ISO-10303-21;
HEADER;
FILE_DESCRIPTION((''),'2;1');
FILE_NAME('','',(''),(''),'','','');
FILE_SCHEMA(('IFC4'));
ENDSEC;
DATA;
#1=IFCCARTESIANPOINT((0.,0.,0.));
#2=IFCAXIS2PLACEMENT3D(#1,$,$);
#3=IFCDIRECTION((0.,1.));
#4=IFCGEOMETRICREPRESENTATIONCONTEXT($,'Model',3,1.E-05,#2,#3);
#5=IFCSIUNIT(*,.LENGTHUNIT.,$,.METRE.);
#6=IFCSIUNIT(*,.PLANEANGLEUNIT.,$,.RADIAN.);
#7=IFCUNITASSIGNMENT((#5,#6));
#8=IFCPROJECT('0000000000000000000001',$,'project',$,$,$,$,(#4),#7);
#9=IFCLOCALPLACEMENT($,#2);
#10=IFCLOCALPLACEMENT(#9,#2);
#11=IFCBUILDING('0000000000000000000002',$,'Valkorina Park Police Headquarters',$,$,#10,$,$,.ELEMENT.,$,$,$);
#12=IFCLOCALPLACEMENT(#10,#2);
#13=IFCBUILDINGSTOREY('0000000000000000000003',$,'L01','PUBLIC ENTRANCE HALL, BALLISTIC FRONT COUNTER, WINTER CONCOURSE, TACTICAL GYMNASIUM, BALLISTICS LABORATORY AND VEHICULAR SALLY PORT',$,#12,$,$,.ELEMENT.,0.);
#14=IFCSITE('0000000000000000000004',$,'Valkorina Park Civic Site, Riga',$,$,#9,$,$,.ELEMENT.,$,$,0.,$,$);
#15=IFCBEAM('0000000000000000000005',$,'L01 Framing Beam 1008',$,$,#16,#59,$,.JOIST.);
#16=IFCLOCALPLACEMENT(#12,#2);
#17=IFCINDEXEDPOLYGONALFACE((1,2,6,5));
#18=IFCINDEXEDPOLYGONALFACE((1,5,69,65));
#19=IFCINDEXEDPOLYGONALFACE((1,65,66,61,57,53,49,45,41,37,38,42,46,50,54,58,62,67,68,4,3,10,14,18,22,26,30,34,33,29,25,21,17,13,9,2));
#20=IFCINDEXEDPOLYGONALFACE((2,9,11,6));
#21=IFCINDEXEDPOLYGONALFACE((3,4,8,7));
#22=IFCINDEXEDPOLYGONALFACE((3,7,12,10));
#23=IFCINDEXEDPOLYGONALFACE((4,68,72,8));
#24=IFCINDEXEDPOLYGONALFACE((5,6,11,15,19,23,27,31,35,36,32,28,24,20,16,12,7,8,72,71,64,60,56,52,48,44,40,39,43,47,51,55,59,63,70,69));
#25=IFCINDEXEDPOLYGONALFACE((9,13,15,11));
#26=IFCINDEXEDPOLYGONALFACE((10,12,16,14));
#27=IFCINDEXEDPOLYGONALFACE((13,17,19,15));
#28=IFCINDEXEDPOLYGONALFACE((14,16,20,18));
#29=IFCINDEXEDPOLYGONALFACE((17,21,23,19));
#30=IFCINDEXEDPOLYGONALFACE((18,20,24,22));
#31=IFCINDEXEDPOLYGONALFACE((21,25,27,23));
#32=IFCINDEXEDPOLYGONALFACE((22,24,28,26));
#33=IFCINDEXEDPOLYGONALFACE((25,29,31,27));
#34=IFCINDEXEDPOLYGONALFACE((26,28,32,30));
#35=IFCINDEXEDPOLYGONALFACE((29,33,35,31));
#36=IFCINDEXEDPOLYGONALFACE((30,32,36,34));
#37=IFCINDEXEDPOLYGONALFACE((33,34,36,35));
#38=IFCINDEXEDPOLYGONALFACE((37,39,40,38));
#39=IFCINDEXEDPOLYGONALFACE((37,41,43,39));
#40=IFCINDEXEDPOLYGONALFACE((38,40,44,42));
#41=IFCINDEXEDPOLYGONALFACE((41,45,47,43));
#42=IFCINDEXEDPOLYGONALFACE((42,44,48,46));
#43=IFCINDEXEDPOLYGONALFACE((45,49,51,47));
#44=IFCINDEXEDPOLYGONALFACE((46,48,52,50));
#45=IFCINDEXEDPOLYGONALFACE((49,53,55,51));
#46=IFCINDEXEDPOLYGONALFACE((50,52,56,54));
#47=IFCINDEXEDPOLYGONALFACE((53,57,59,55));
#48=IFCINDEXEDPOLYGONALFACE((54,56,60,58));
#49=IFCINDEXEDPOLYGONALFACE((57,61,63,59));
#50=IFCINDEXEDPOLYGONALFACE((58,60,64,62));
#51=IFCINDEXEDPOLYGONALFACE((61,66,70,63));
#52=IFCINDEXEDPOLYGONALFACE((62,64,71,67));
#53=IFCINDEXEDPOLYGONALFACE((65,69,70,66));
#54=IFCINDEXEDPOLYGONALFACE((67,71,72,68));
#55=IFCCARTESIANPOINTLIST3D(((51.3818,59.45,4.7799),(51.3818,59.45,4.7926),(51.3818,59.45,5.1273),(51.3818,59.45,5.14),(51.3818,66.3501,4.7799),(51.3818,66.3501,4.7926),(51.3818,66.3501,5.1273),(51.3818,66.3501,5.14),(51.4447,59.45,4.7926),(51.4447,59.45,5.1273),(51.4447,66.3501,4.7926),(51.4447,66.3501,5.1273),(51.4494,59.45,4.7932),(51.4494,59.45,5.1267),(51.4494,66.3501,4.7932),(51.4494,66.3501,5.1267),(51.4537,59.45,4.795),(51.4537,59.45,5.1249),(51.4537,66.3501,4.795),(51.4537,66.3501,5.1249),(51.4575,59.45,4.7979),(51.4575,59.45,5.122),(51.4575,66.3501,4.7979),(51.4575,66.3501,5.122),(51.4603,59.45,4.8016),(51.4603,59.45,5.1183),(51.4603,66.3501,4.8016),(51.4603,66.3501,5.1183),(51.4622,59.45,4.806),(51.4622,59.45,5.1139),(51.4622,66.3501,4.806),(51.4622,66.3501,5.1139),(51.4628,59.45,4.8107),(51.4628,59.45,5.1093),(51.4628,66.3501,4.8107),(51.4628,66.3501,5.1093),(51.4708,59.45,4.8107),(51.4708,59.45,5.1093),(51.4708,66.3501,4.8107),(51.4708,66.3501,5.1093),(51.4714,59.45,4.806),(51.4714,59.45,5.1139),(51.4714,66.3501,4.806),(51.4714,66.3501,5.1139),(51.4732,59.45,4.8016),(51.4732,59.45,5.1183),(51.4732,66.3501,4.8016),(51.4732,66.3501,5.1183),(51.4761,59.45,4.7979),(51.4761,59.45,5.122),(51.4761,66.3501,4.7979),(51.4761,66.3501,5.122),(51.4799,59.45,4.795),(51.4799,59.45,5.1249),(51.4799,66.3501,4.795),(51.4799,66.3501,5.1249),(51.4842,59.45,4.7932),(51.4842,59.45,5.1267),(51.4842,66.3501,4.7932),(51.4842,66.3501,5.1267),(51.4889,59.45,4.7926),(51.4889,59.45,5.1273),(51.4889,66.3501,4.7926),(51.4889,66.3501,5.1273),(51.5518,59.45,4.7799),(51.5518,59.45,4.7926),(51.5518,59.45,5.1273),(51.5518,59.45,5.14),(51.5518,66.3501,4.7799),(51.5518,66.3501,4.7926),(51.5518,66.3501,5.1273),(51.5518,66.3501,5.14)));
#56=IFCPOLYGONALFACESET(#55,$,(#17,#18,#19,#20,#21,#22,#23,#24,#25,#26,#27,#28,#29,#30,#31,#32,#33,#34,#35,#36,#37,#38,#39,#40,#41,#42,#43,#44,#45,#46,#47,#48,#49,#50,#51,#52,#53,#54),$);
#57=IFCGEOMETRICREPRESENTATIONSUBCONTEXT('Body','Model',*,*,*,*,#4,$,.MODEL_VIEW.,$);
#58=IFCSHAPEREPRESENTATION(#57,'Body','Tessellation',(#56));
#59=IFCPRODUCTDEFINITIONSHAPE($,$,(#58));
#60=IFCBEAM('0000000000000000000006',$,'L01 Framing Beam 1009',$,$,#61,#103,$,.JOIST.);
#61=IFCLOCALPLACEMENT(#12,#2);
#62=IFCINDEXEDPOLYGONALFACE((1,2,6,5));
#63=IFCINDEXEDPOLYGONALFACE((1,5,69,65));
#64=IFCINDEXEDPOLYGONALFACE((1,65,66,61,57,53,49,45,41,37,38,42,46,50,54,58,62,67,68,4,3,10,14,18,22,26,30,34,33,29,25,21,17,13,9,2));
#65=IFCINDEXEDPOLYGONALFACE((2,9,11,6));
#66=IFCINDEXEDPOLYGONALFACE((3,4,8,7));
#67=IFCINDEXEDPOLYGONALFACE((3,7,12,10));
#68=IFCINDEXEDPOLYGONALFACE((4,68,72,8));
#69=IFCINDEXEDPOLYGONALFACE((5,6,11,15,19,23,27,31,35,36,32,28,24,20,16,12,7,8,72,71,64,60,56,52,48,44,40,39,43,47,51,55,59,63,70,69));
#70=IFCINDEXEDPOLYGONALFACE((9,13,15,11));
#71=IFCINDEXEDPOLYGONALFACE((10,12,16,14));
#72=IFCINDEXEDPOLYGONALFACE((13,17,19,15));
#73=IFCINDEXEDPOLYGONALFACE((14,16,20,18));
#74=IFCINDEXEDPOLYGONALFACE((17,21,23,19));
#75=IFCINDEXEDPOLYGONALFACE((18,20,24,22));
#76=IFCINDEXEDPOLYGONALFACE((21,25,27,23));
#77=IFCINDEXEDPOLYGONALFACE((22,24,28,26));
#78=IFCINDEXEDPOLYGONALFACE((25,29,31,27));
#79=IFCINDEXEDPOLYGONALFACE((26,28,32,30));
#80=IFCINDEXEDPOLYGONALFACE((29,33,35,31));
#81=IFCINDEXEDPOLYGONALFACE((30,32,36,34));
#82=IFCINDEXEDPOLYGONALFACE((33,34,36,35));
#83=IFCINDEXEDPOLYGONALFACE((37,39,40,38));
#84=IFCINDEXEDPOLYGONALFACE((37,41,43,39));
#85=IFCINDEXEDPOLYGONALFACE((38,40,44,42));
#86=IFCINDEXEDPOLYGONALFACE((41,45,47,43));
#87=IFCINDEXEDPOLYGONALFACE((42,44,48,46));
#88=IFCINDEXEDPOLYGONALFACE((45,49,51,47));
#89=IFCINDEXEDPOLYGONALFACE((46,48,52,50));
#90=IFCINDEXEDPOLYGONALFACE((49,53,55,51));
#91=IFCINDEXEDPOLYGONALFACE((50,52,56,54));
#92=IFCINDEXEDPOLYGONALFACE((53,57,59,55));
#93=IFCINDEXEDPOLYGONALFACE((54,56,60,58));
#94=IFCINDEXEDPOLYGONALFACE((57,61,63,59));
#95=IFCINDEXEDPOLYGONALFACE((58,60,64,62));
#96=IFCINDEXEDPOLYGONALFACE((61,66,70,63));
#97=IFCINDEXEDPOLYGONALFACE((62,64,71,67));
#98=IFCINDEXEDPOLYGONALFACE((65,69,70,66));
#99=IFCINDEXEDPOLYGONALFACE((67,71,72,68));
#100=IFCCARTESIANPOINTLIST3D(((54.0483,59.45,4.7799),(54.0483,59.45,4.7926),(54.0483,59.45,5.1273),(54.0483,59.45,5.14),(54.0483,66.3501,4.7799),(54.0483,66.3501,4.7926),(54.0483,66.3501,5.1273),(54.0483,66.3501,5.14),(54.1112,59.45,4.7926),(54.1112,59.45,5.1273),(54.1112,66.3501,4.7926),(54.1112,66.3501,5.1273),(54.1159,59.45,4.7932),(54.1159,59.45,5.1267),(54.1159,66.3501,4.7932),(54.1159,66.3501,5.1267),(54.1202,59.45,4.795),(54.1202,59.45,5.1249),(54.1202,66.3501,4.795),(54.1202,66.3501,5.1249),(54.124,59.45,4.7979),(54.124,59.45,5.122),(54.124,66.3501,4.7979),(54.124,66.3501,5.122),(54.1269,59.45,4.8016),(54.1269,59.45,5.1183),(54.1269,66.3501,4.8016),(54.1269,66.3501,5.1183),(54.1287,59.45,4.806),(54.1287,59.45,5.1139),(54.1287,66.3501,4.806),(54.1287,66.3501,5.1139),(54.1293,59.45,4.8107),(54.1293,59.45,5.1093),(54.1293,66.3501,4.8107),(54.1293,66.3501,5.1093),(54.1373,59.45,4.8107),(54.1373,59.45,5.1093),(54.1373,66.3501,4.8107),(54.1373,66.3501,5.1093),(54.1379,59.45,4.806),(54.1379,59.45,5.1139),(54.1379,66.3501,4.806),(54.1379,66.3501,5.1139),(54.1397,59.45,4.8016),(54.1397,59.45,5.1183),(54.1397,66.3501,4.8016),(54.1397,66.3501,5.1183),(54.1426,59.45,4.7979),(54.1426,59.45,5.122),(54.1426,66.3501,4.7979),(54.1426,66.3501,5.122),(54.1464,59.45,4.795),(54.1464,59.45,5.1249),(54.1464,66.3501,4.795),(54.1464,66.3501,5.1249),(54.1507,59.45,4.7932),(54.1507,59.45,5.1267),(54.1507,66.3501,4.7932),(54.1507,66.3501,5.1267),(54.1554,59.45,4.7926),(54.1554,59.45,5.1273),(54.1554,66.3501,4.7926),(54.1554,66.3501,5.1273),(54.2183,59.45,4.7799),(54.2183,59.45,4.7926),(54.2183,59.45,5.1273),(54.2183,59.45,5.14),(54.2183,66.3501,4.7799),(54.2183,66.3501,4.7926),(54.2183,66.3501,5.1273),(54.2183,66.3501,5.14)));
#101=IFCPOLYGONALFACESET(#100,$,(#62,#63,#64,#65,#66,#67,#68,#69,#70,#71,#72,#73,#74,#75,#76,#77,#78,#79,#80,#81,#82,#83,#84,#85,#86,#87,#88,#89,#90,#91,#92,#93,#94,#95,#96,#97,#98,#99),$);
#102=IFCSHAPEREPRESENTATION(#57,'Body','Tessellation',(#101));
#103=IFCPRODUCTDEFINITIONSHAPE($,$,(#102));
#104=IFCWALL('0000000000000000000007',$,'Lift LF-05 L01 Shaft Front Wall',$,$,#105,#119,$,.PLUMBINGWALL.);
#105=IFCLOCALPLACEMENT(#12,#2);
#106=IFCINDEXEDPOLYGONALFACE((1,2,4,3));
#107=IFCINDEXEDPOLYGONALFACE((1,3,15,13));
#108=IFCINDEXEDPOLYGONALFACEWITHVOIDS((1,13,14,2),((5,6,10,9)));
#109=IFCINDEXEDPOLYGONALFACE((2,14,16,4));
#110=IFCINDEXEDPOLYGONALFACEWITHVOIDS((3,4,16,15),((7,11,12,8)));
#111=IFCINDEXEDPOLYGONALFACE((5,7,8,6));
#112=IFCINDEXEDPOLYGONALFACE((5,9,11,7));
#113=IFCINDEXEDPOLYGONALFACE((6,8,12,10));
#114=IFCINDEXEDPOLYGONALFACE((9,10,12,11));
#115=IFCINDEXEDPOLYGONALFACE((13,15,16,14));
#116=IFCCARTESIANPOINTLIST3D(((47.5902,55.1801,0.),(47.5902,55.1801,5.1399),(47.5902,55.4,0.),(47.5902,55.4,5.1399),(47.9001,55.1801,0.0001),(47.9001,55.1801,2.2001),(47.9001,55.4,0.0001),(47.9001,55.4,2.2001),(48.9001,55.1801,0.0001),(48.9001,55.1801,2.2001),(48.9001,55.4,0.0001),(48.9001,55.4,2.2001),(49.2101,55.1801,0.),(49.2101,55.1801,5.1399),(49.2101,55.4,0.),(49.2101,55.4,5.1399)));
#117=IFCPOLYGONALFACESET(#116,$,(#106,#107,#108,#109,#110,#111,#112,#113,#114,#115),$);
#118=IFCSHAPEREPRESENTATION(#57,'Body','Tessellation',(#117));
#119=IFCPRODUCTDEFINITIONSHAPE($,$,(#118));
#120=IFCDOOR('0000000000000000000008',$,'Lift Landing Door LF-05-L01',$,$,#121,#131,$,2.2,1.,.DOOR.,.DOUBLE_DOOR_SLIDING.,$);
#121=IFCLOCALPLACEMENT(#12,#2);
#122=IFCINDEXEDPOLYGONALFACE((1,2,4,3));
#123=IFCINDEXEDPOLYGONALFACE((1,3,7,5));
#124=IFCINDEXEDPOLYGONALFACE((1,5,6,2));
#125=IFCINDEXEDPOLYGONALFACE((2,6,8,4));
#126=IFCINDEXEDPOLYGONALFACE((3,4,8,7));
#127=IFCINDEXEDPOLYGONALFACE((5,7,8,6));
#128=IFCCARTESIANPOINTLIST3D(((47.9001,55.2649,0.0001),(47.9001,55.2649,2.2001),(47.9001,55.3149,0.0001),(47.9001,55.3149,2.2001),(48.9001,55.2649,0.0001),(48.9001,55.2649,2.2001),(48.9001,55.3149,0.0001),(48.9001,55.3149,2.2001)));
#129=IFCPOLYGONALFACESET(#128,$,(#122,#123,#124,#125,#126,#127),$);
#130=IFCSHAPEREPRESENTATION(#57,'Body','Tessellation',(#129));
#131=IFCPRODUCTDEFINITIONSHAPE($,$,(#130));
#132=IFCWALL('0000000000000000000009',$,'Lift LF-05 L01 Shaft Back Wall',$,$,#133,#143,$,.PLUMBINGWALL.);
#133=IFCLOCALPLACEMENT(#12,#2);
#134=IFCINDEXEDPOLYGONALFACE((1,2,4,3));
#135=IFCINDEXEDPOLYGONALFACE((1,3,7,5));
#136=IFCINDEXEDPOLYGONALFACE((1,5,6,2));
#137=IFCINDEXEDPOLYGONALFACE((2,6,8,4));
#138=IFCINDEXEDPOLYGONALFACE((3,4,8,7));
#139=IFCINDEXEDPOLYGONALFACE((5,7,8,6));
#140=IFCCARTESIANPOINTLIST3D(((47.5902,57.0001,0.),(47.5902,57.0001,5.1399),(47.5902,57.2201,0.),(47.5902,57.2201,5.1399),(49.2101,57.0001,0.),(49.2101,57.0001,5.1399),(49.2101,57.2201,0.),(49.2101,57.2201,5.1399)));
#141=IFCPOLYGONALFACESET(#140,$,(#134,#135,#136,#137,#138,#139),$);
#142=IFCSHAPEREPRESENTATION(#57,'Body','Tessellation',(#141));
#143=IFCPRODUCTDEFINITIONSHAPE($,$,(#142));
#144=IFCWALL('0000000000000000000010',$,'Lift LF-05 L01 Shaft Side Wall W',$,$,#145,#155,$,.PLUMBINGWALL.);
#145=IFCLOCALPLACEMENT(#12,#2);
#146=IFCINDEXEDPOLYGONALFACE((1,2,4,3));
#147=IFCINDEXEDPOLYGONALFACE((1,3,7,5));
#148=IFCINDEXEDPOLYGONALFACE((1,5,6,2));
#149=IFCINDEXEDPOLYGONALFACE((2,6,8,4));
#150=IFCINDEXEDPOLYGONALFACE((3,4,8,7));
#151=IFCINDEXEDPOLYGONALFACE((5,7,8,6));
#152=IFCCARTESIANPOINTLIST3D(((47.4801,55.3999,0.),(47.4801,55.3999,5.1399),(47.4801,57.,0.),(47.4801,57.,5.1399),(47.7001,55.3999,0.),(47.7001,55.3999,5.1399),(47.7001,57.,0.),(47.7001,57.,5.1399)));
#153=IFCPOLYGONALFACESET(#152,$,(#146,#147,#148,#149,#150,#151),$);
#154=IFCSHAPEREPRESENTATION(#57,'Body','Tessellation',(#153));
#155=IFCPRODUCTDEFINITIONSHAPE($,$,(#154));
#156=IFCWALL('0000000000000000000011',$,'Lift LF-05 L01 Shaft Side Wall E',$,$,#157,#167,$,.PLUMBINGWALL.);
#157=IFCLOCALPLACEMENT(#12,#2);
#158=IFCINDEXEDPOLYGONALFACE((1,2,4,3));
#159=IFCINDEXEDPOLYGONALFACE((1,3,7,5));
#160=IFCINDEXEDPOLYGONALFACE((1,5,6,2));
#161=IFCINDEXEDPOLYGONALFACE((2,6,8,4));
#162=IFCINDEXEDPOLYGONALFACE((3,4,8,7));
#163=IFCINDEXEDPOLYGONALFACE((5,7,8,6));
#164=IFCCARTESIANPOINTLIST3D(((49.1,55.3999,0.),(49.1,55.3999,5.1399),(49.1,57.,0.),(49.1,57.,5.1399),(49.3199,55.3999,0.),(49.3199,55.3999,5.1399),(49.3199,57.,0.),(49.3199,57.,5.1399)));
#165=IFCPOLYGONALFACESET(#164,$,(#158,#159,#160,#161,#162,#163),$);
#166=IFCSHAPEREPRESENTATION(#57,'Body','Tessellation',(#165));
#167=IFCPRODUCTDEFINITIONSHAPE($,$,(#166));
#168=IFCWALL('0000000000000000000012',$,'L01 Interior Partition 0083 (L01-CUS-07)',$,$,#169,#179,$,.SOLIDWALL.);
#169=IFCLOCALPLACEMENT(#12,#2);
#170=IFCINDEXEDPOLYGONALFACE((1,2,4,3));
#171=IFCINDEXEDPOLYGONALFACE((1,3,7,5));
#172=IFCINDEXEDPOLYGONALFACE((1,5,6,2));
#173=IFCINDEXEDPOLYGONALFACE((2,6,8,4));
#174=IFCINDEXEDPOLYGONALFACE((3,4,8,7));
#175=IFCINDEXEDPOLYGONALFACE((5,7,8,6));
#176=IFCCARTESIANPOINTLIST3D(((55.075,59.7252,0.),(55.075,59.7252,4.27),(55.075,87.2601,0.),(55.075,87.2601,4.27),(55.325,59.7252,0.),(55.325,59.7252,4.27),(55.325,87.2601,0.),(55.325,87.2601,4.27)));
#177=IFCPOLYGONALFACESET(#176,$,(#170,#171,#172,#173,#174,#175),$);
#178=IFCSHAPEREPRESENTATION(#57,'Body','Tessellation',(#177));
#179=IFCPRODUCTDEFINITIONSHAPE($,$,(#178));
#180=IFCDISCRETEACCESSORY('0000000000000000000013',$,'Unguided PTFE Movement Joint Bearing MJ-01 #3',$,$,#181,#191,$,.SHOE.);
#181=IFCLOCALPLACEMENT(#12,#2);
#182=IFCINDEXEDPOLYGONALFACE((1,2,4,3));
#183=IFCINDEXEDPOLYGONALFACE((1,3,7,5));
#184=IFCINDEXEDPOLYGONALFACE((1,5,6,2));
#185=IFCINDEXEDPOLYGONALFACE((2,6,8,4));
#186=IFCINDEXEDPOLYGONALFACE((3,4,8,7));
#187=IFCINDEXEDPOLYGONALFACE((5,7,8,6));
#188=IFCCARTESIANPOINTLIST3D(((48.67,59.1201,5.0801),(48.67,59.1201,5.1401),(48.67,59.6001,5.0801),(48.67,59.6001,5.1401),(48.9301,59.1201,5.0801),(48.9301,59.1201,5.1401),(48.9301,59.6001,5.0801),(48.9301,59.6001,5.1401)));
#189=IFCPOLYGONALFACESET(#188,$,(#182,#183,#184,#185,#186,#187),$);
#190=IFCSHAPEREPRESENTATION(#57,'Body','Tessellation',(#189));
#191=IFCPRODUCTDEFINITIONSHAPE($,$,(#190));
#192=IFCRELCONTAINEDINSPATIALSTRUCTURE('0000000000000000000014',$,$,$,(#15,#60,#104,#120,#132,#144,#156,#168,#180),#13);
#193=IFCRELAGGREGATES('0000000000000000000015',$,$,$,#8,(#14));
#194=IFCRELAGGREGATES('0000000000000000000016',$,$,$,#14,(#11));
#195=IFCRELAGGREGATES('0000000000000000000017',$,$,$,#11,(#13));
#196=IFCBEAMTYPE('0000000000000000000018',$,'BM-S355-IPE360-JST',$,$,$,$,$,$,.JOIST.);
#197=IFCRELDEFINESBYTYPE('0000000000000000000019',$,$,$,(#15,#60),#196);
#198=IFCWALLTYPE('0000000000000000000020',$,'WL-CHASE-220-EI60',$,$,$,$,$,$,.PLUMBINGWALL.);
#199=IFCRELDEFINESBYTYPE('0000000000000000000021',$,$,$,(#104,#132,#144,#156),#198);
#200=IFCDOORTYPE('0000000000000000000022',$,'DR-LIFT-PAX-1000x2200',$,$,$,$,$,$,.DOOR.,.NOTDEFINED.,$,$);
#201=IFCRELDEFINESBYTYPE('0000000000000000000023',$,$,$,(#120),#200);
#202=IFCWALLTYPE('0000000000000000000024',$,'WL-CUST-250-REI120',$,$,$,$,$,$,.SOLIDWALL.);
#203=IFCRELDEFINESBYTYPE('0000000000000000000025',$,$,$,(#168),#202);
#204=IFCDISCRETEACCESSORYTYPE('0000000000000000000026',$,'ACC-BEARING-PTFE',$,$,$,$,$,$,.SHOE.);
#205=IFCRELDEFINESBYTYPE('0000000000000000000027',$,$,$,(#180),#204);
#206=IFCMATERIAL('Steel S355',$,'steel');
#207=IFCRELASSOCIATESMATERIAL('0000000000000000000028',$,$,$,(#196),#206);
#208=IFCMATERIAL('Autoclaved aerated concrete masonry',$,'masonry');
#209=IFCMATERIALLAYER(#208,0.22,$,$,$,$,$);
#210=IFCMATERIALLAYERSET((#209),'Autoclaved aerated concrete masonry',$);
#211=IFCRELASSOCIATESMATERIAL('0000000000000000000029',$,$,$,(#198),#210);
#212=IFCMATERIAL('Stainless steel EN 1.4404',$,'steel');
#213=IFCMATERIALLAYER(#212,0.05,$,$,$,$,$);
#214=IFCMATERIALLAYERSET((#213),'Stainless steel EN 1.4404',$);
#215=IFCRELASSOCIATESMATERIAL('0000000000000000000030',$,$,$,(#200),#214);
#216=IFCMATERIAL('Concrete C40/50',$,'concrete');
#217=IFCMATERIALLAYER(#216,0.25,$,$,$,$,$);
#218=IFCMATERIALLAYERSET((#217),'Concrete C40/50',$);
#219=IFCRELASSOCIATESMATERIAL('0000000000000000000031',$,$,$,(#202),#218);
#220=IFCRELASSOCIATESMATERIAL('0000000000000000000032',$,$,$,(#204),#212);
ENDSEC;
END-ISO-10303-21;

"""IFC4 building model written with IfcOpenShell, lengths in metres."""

from ifc_helpers import new_model, si_unit, direction, frame, frame_2d, origin, origin_2d, place, context, subcontext, project, spatial, rectangle, i_section, extrude, material, layer, layer_set, material_profile, profile_set, type_object, element, fill, save


model = new_model("IFC4")

# Units and contexts
model_context = context("Model", 3, precision=1e-05, world=origin(), true_north=direction((0.0, 1.0)))
body_context = subcontext(model_context, "Body", "Model", "MODEL_VIEW")
ifc_project = project(units=[si_unit("LENGTHUNIT", "METRE"), si_unit("PLANEANGLEUNIT", "RADIAN")], contexts=[model_context])

# Site, building, storey
site_placement = place(None, origin())
site = spatial("IfcSite", under=ifc_project, at=site_placement, Name="Valkorina Park Civic Site, Riga", CompositionType="ELEMENT", RefElevation=0.0)
building_placement = place(site_placement, origin())
building = spatial("IfcBuilding", under=site, at=building_placement, Name="Valkorina Park Police Headquarters", CompositionType="ELEMENT")
storey_placement = place(building_placement, origin())
storey = spatial("IfcBuildingStorey", under=building, at=storey_placement, Name="L01", Description="PUBLIC ENTRANCE HALL, BALLISTIC FRONT COUNTER, WINTER CONCOURSE, TACTICAL GYMNASIUM, BALLISTICS LABORATORY AND VEHICULAR SALLY PORT", CompositionType="ELEMENT", Elevation=0.0)

# Shared definitions
ifc_material_1 = material(Name="Concrete C40/50", Category="concrete")

# Beams
ifc_material_2 = material(Name="Steel S355", Category="steel")
ifc_material_profile_1 = material_profile(ifc_material_2, i_section(OverallWidth=0.1699, OverallDepth=0.3601, WebThickness=0.0081, FlangeThickness=0.0127, FilletRadius=0.0181, at=origin_2d()), Name="IPE 360")
ifc_profile_set_1 = profile_set([ifc_material_profile_1], Name="Steel S355")
beam_type_1 = type_object("IfcBeamType", Name="BM-S355-IPE360-JST", PredefinedType="JOIST", material=ifc_profile_set_1)
for number, where, z_axis, x_axis, name in (
    (1, (51.4668, 59.45, 4.96), (0.0, 1.0, 0.0), (-1.0, 0.0, 0.0), "L01 Framing Beam 1008"),
    (2, (54.1333, 59.45, 4.96), (0.0, 1.0, 0.0), (-1.0, 0.0, 0.0), "L01 Framing Beam 1009"),
):
    element("IfcBeam", number, at=place(storey_placement, frame(where, z_axis=z_axis, x_axis=x_axis)), inside=storey, type_object=beam_type_1, Name=name, PredefinedType="JOIST", context=body_context, shape_type="SweptSolid", body=[
        extrude(i_section(OverallWidth=0.1699, OverallDepth=0.3601, WebThickness=0.0081, FlangeThickness=0.0127, FilletRadius=0.0181, at=origin_2d()), origin(), (0.0, 0.0, 1.0), 6.9001),
    ])

# Wall, opening, door
ifc_material_3 = material(Name="Autoclaved aerated concrete masonry", Category="masonry")
ifc_layer_1 = layer(ifc_material_3, 0.22)
ifc_layer_set_1 = layer_set([ifc_layer_1], Name="Autoclaved aerated concrete masonry")
wall_type_1 = type_object("IfcWallType", Name="WL-CHASE-220-EI60", PredefinedType="PLUMBINGWALL", material=ifc_layer_set_1)
wall_1_placement = place(storey_placement, frame((47.5901, 55.29, 0.0), z_axis=(0.0, 0.0, 1.0), x_axis=(1.0, 0.0, 0.0)))
wall_1 = element("IfcWall", 3, at=wall_1_placement, inside=storey, type_object=wall_type_1, Name="Lift LF-05 L01 Shaft Front Wall", PredefinedType="PLUMBINGWALL", context=body_context, shape_type="SweptSolid", body=[
    extrude(rectangle(XDim=1.6199, YDim=0.22, at=frame_2d((0.8101, 0.0))), origin(), (0.0, 0.0, 1.0), 5.1399),
])
opening_placement = place(wall_1_placement, frame((0.3101, 0.0, 0.0)))
opening = element("IfcOpeningElement", 4, at=opening_placement, cuts=wall_1, PredefinedType="OPENING", context=body_context, shape_type="SweptSolid", body=[
    extrude(rectangle(XDim=1.0, YDim=2.2, at=frame_2d((0.5, 1.1001))), frame((0.0, 0.1201, 0.0), z_axis=(0.0, -1.0, 0.0), x_axis=(1.0, 0.0, 0.0)), (0.0, 0.0, 1.0), 0.24),
])
ifc_material_4 = material(Name="Stainless steel EN 1.4404", Category="steel")
ifc_layer_2 = layer(ifc_material_4, 0.05)
ifc_layer_set_2 = layer_set([ifc_layer_2], Name="Stainless steel EN 1.4404")
door_type = type_object("IfcDoorType", Name="DR-LIFT-PAX-1000x2200", OperationType="NOTDEFINED", PredefinedType="DOOR", material=ifc_layer_set_2)
door_placement = place(opening_placement, origin())
door = element("IfcDoor", 5, at=door_placement, inside=storey, type_object=door_type, Name="Lift Landing Door LF-05-L01", OperationType="DOUBLE_DOOR_SLIDING", OverallHeight=2.2, OverallWidth=1.0, PredefinedType="DOOR", context=body_context, shape_type="SweptSolid", body=[
    extrude(rectangle(XDim=1.0, YDim=2.2, at=frame_2d((0.5, 1.1001))), frame((0.0, 0.0249, 0.0), z_axis=(0.0, -1.0, 0.0), x_axis=(1.0, 0.0, 0.0)), (0.0, 0.0, 1.0), 0.05),
])
fill(opening, door)

# Walls
wall_2_placement = place(storey_placement, frame((47.5901, 57.1101, 0.0), z_axis=(0.0, 0.0, 1.0), x_axis=(1.0, 0.0, 0.0)))
element("IfcWall", 6, at=wall_2_placement, inside=storey, type_object=wall_type_1, Name="Lift LF-05 L01 Shaft Back Wall", PredefinedType="PLUMBINGWALL", context=body_context, shape_type="SweptSolid", body=[
    extrude(rectangle(XDim=1.6199, YDim=0.22, at=frame_2d((0.8101, 0.0))), origin(), (0.0, 0.0, 1.0), 5.1399),
])
for number, where, z_axis, x_axis, name in (
    (7, (47.5901, 55.3999, 0.0), (0.0, 0.0, 1.0), (0.0, 1.0, 0.0), "Lift LF-05 L01 Shaft Side Wall W"),
    (8, (49.21, 55.3999, 0.0), (0.0, 0.0, 1.0), (0.0, 1.0, 0.0), "Lift LF-05 L01 Shaft Side Wall E"),
):
    element("IfcWall", number, at=place(storey_placement, frame(where, z_axis=z_axis, x_axis=x_axis)), inside=storey, type_object=wall_type_1, Name=name, PredefinedType="PLUMBINGWALL", context=body_context, shape_type="SweptSolid", body=[
        extrude(rectangle(XDim=1.6001, YDim=0.22, at=frame_2d((0.8, 0.0))), origin(), (0.0, 0.0, 1.0), 5.1399),
    ])
ifc_layer_3 = layer(ifc_material_1, 0.25)
ifc_layer_set_3 = layer_set([ifc_layer_3], Name="Concrete C40/50")
wall_type_2 = type_object("IfcWallType", Name="WL-CUST-250-REI120", PredefinedType="SOLIDWALL", material=ifc_layer_set_3)
wall_3_placement = place(storey_placement, frame((55.2, 59.7251, 0.0), z_axis=(0.0, 0.0, 1.0), x_axis=(0.0, 1.0, 0.0)))
element("IfcWall", 9, at=wall_3_placement, inside=storey, type_object=wall_type_2, Name="L01 Interior Partition 0083 (L01-CUS-07)", PredefinedType="SOLIDWALL", context=body_context, shape_type="SweptSolid", body=[
    extrude(rectangle(XDim=27.5349, YDim=0.25, at=frame_2d((13.7676, 0.0))), origin(), (0.0, 0.0, 1.0), 4.27),
])

# Discrete accessory
discrete_accessory_type_1 = type_object("IfcDiscreteAccessoryType", Name="ACC-BEARING-PTFE", PredefinedType="SHOE", material=ifc_material_4)
for number, where, z_axis, x_axis, name in (
    (10, (48.8, 59.3601, 5.0801), (0.0, 0.0, 1.0), (1.0, 0.0, 0.0), "Unguided PTFE Movement Joint Bearing MJ-01 #3"),
):
    element("IfcDiscreteAccessory", number, at=place(storey_placement, frame(where, z_axis=z_axis, x_axis=x_axis)), inside=storey, type_object=discrete_accessory_type_1, Name=name, PredefinedType="SHOE", context=body_context, shape_type="SweptSolid", body=[
        extrude(rectangle(XDim=0.26, YDim=0.48, at=origin_2d()), origin(), (0.0, 0.0, 1.0), 0.0601),
    ])

save(model, "model.ifc")
